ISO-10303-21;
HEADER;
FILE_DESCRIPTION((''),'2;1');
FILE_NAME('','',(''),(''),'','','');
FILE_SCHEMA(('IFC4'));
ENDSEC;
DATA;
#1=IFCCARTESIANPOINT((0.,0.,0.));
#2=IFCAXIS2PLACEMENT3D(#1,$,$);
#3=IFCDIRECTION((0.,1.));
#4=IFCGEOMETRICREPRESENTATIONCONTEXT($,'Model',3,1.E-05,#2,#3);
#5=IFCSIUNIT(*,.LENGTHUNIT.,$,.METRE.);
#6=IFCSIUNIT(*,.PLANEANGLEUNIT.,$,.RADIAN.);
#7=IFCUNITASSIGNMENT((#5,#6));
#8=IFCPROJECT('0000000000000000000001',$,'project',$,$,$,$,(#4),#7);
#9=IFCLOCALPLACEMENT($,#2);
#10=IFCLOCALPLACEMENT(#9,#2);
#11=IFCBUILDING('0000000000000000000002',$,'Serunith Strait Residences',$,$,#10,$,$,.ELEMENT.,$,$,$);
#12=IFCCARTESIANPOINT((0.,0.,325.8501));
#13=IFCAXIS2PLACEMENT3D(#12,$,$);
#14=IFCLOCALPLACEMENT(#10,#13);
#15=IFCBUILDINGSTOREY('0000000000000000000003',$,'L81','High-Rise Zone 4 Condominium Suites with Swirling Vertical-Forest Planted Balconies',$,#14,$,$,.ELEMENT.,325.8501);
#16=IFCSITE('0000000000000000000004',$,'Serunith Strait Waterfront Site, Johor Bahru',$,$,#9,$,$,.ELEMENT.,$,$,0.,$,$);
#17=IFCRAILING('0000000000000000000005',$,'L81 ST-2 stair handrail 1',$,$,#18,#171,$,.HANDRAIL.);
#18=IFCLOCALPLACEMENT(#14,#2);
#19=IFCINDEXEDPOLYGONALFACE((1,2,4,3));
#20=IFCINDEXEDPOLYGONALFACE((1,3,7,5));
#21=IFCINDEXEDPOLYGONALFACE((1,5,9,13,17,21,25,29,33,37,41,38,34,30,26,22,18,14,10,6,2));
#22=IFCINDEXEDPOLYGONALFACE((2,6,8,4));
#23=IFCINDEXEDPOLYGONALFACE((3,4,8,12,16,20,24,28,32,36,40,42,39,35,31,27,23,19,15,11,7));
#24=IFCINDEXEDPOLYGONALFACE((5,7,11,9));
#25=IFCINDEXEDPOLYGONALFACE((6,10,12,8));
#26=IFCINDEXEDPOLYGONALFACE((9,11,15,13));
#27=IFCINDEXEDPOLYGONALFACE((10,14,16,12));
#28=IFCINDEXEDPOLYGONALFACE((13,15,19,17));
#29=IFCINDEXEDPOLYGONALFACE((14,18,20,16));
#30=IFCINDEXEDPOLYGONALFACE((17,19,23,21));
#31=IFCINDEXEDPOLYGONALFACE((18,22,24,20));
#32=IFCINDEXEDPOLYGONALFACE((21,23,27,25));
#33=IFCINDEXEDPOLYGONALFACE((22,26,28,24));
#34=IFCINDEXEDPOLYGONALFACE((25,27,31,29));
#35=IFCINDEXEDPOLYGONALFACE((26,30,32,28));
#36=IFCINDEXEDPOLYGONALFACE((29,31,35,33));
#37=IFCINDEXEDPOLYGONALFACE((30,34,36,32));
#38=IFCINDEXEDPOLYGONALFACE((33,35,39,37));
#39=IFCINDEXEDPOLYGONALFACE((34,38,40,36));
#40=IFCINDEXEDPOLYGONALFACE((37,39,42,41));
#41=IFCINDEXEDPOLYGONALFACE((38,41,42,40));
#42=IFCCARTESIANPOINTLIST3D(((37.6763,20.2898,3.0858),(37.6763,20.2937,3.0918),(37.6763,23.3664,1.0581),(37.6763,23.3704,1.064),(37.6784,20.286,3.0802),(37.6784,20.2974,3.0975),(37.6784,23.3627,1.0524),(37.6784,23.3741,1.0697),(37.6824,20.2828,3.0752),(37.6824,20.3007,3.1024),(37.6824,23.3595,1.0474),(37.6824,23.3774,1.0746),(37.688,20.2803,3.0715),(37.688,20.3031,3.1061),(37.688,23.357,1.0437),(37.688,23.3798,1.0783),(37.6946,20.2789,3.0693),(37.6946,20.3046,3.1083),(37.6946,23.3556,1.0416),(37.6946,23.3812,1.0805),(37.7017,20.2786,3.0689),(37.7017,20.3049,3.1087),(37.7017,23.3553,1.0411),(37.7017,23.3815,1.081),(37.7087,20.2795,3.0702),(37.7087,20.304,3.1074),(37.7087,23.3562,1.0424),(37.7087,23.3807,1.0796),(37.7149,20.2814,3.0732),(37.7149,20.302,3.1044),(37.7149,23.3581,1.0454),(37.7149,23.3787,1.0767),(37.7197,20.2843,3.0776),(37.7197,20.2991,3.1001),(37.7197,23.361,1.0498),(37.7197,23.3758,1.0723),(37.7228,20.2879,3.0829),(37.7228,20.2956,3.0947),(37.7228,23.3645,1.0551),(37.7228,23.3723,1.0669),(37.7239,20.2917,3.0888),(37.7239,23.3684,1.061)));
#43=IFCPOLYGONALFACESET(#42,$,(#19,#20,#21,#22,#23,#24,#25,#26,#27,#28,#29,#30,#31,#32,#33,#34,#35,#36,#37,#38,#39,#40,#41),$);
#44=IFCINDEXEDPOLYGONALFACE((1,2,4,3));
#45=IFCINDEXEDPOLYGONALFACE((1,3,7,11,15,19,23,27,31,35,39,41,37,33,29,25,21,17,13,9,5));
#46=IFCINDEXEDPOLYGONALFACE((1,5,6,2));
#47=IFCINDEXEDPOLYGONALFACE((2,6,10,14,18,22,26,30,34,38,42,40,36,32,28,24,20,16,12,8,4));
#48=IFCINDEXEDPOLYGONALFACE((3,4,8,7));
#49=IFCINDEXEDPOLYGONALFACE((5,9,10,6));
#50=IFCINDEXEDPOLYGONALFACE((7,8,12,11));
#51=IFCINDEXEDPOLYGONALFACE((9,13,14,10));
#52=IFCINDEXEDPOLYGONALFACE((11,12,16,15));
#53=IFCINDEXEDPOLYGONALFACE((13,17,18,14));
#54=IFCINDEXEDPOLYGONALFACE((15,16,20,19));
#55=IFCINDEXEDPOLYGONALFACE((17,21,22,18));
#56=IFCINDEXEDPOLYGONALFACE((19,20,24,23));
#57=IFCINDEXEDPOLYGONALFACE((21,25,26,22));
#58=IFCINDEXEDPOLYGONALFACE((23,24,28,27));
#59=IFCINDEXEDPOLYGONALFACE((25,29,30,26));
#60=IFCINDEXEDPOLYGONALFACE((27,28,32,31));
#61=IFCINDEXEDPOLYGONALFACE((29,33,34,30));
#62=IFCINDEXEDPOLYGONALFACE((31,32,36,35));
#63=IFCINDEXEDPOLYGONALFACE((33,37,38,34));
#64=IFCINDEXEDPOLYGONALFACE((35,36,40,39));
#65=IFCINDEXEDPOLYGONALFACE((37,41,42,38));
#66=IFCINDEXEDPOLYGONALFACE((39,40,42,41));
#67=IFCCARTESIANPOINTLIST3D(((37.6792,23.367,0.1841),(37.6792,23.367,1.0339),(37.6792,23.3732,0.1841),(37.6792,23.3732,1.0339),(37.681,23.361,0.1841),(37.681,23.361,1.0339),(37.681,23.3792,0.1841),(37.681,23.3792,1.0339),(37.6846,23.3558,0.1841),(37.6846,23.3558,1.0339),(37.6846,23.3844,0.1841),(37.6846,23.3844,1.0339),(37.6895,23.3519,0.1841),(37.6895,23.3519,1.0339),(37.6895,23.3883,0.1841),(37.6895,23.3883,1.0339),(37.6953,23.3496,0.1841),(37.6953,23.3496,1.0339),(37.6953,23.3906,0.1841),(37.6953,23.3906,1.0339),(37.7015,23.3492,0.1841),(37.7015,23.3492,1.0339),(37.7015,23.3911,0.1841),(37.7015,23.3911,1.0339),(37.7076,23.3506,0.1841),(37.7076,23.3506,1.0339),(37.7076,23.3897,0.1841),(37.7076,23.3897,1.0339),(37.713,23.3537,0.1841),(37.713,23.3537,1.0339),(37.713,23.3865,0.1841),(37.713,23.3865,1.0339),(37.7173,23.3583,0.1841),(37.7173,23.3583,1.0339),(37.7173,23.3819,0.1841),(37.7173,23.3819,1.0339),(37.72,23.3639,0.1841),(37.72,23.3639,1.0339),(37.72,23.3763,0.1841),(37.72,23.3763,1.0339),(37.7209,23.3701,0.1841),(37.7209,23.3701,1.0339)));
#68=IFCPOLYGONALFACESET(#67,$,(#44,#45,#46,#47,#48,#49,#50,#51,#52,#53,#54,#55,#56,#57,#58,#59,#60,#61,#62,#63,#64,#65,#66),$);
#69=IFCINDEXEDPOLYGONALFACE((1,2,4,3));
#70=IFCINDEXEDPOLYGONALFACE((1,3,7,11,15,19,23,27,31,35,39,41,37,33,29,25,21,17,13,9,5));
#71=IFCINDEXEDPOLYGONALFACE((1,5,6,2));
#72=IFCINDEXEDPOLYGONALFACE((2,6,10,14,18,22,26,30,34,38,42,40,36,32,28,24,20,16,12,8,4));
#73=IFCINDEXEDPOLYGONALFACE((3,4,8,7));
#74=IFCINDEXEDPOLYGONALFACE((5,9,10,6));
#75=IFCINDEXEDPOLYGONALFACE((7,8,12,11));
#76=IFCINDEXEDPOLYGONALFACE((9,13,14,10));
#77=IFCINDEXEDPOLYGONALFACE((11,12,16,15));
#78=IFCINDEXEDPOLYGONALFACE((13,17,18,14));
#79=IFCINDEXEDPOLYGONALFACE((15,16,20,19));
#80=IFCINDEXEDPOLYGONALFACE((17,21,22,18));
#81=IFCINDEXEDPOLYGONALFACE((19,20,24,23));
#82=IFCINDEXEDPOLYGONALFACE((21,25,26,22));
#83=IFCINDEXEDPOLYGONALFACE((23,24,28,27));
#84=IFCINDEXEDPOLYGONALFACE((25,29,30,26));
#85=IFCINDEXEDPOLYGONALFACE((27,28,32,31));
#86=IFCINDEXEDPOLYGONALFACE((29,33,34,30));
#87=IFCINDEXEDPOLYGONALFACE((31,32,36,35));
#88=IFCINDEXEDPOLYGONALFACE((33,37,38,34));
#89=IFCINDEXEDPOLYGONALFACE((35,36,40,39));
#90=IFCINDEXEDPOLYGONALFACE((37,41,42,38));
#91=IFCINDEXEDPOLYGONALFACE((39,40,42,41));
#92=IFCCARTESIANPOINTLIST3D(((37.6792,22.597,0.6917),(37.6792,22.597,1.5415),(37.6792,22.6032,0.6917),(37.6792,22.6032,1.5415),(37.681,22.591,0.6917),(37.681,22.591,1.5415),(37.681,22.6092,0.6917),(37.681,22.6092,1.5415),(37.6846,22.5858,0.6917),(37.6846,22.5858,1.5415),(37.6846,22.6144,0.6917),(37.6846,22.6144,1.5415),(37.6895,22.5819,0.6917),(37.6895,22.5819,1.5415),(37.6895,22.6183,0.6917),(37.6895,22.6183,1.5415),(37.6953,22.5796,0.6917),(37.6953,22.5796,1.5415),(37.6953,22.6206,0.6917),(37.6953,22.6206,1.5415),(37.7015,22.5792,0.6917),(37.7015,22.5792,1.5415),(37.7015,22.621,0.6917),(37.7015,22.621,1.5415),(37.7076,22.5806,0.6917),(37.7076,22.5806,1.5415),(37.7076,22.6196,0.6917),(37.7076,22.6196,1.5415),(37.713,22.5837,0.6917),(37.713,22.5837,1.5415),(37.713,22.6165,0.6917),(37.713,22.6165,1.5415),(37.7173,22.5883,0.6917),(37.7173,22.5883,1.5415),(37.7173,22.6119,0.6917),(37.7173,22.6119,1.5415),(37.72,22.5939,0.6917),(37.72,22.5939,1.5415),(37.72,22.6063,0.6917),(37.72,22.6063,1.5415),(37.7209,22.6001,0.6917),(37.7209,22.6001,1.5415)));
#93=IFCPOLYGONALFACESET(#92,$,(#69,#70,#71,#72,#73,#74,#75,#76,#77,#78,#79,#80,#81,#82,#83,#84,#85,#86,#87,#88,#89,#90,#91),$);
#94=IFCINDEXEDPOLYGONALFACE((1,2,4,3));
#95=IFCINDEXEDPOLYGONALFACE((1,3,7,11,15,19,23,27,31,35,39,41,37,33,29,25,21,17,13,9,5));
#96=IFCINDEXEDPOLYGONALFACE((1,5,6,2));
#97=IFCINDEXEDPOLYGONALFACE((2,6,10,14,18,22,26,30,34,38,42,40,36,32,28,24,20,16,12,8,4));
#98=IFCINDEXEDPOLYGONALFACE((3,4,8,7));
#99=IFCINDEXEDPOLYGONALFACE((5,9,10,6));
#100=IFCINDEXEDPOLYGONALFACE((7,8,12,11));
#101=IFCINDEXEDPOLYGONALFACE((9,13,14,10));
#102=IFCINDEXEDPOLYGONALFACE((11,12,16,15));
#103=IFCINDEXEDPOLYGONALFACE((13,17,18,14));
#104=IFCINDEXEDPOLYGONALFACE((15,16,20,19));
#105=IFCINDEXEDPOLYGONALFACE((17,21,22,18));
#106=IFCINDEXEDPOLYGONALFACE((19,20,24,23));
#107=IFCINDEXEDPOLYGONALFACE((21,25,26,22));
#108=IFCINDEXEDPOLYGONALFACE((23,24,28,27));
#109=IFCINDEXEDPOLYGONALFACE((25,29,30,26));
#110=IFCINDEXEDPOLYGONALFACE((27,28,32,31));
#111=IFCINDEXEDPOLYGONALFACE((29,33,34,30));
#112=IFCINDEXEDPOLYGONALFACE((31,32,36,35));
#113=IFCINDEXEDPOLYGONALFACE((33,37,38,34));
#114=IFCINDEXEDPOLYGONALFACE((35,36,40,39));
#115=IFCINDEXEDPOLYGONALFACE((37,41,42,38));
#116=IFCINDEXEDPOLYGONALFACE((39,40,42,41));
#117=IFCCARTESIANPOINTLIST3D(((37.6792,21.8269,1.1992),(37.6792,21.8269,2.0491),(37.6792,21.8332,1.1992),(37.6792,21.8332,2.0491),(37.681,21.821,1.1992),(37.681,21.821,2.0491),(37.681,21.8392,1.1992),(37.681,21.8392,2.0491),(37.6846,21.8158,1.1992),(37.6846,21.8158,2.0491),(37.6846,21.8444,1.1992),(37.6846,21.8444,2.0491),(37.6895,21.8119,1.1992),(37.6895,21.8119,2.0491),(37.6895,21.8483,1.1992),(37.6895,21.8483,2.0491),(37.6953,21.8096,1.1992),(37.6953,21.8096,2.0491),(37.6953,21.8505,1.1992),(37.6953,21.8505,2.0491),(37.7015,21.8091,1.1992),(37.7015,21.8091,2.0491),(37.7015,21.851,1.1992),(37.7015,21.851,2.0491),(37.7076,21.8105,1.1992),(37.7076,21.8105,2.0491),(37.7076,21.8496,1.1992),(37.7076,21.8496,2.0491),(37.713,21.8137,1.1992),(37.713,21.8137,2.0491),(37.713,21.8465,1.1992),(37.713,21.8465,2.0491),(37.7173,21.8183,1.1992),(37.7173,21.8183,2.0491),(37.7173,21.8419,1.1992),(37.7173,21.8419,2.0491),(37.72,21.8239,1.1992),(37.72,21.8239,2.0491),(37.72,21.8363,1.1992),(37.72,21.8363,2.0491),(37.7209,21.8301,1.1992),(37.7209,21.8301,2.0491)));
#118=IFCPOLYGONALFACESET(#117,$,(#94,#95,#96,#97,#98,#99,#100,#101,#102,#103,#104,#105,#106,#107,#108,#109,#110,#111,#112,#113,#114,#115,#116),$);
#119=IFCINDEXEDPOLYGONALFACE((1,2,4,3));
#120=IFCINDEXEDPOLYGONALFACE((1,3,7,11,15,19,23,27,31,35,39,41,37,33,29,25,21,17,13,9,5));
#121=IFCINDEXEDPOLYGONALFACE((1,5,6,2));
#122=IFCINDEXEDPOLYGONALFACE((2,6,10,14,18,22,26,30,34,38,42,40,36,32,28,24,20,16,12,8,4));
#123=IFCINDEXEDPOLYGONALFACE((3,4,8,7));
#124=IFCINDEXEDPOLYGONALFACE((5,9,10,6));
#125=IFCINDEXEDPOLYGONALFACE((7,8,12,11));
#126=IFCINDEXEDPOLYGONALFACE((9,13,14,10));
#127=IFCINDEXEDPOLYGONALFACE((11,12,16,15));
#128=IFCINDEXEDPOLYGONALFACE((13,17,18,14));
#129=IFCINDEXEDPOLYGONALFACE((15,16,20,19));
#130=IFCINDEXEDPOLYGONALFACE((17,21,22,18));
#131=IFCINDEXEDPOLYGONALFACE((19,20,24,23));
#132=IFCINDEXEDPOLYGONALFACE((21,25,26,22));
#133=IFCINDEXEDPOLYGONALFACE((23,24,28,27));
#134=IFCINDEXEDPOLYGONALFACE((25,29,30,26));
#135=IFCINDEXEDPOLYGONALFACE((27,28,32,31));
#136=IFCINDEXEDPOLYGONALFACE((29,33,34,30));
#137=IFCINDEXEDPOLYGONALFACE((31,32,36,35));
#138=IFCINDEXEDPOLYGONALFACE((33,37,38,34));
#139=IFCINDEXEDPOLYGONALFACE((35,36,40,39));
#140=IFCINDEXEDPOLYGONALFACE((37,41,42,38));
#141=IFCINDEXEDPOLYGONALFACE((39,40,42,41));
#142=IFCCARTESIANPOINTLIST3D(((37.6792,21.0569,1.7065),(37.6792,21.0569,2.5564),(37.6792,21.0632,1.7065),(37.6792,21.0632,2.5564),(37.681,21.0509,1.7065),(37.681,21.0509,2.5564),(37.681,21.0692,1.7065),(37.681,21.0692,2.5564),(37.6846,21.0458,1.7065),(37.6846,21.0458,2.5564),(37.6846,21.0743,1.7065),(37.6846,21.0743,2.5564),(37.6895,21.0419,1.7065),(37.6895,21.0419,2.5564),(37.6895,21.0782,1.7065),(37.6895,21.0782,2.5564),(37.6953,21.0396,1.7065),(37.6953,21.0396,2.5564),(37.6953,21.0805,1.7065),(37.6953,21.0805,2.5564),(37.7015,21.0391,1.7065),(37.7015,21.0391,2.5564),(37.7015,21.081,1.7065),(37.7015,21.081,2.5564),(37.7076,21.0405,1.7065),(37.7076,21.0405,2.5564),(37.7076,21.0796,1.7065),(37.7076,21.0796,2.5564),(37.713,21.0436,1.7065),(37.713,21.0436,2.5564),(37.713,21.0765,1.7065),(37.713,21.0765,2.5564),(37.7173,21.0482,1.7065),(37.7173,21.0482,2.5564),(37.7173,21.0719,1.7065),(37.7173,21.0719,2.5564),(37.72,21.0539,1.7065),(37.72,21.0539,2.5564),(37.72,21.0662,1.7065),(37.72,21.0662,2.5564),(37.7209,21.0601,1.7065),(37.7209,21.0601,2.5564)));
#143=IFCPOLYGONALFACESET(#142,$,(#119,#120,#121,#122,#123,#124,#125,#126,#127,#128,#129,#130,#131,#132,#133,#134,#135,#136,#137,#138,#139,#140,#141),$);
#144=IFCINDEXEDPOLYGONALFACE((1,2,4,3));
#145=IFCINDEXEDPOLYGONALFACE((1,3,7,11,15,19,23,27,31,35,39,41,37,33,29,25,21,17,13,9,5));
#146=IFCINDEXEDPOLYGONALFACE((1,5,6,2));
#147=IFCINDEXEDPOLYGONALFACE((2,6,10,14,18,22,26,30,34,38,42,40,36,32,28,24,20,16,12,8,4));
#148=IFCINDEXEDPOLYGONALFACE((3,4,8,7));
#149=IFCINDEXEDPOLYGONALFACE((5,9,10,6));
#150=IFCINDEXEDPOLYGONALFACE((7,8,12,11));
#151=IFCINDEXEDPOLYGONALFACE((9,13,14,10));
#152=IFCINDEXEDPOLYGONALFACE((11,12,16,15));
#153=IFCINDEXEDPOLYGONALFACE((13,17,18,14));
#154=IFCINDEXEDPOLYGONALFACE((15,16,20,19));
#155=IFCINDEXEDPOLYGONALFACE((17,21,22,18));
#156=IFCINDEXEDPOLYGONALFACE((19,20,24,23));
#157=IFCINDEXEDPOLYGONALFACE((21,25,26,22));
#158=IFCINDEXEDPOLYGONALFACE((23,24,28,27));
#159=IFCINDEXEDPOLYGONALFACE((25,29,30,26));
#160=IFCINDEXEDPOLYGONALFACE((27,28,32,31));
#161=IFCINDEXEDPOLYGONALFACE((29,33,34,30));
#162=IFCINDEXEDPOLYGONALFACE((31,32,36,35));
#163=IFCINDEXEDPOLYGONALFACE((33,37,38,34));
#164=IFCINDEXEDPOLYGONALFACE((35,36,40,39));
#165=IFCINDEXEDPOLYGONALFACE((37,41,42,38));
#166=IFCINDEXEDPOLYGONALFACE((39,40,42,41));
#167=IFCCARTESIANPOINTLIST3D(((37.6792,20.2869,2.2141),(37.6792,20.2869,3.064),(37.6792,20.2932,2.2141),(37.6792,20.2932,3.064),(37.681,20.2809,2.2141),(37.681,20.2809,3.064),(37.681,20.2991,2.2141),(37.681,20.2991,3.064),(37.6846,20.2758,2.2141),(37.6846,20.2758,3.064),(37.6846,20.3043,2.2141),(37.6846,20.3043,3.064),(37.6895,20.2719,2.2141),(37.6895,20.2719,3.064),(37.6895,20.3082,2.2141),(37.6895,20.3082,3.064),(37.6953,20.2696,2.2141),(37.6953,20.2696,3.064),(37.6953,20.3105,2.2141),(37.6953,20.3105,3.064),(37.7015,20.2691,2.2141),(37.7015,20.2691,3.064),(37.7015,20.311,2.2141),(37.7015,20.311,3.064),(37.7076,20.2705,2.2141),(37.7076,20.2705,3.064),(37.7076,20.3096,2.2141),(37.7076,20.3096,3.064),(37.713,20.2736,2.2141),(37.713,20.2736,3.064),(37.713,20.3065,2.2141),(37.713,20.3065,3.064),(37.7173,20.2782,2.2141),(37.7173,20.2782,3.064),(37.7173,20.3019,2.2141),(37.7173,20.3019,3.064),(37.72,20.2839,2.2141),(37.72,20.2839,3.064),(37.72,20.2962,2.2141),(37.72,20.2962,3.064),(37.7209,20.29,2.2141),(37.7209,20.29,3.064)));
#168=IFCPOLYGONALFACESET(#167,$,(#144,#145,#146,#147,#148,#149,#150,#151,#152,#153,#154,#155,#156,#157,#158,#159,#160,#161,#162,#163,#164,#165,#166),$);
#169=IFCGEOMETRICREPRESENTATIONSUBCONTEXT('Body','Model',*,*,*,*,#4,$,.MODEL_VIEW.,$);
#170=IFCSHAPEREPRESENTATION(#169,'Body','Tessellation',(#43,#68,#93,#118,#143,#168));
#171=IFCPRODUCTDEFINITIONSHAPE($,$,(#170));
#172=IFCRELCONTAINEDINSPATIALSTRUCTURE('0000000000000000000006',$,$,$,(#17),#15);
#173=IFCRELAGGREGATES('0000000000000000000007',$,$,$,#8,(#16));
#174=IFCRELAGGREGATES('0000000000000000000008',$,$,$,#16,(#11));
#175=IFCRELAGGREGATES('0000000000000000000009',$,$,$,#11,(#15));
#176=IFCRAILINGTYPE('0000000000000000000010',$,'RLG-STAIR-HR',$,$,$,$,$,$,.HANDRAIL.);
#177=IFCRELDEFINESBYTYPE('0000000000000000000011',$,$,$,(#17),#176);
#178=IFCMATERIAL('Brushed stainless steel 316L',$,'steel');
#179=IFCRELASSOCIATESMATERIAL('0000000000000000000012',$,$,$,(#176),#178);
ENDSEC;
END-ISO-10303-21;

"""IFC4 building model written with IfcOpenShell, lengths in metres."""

from ifc_helpers import new_model, si_unit, direction, frame, origin, origin_2d, place, context, subcontext, project, spatial, circle, extrude, material, type_object, element, save


model = new_model("IFC4")

# Units and contexts
model_context = context("Model", 3, precision=1e-05, world=origin(), true_north=direction((0.0, 1.0)))
body_context = subcontext(model_context, "Body", "Model", "MODEL_VIEW")
ifc_project = project(units=[si_unit("LENGTHUNIT", "METRE"), si_unit("PLANEANGLEUNIT", "RADIAN")], contexts=[model_context])

# Site, building, storey
site_placement = place(None, origin())
site = spatial("IfcSite", under=ifc_project, at=site_placement, Name="Serunith Strait Waterfront Site, Johor Bahru", CompositionType="ELEMENT", RefElevation=0.0)
building_placement = place(site_placement, origin())
building = spatial("IfcBuilding", under=site, at=building_placement, Name="Serunith Strait Residences", CompositionType="ELEMENT")
storey_placement = place(building_placement, frame((0.0, 0.0, 325.8501)))
storey = spatial("IfcBuildingStorey", under=building, at=storey_placement, Name="L81", Description="High-Rise Zone 4 Condominium Suites with Swirling Vertical-Forest Planted Balconies", CompositionType="ELEMENT", Elevation=325.8501)

# Railing
ifc_material_1 = material(Name="Brushed stainless steel 316L", Category="steel")
railing_type_1 = type_object("IfcRailingType", Name="RLG-STAIR-HR", PredefinedType="HANDRAIL", material=ifc_material_1)
railing_1_placement = place(storey_placement, frame((37.7, 23.3701, 0.1841)))
element("IfcRailing", 1, at=railing_1_placement, inside=storey, type_object=railing_type_1, Name="L81 ST-2 stair handrail 1", PredefinedType="HANDRAIL", context=body_context, shape_type="SweptSolid", body=[
    extrude(circle(Radius=0.0239, at=origin_2d()), frame((0.0, -0.0017, 0.877), z_axis=(0.0, -0.834961, 0.550309), x_axis=(1.0, 0.0, 0.0)), (0.0, 0.0, 1.0), 3.6848),
    extrude(circle(Radius=0.021, at=origin_2d()), origin(), (0.0, 0.0, 1.0), 0.8499),
    extrude(circle(Radius=0.021, at=origin_2d()), frame((0.0, -0.77, 0.5076)), (0.0, 0.0, 1.0), 0.8499),
    extrude(circle(Radius=0.021, at=origin_2d()), frame((0.0, -1.54, 1.0151)), (0.0, 0.0, 1.0), 0.8499),
    extrude(circle(Radius=0.021, at=origin_2d()), frame((0.0, -2.3101, 1.5225)), (0.0, 0.0, 1.0), 0.8499),
    extrude(circle(Radius=0.021, at=origin_2d()), frame((0.0, -3.0801, 2.03)), (0.0, 0.0, 1.0), 0.8499),
])

save(model, "model.ifc")
